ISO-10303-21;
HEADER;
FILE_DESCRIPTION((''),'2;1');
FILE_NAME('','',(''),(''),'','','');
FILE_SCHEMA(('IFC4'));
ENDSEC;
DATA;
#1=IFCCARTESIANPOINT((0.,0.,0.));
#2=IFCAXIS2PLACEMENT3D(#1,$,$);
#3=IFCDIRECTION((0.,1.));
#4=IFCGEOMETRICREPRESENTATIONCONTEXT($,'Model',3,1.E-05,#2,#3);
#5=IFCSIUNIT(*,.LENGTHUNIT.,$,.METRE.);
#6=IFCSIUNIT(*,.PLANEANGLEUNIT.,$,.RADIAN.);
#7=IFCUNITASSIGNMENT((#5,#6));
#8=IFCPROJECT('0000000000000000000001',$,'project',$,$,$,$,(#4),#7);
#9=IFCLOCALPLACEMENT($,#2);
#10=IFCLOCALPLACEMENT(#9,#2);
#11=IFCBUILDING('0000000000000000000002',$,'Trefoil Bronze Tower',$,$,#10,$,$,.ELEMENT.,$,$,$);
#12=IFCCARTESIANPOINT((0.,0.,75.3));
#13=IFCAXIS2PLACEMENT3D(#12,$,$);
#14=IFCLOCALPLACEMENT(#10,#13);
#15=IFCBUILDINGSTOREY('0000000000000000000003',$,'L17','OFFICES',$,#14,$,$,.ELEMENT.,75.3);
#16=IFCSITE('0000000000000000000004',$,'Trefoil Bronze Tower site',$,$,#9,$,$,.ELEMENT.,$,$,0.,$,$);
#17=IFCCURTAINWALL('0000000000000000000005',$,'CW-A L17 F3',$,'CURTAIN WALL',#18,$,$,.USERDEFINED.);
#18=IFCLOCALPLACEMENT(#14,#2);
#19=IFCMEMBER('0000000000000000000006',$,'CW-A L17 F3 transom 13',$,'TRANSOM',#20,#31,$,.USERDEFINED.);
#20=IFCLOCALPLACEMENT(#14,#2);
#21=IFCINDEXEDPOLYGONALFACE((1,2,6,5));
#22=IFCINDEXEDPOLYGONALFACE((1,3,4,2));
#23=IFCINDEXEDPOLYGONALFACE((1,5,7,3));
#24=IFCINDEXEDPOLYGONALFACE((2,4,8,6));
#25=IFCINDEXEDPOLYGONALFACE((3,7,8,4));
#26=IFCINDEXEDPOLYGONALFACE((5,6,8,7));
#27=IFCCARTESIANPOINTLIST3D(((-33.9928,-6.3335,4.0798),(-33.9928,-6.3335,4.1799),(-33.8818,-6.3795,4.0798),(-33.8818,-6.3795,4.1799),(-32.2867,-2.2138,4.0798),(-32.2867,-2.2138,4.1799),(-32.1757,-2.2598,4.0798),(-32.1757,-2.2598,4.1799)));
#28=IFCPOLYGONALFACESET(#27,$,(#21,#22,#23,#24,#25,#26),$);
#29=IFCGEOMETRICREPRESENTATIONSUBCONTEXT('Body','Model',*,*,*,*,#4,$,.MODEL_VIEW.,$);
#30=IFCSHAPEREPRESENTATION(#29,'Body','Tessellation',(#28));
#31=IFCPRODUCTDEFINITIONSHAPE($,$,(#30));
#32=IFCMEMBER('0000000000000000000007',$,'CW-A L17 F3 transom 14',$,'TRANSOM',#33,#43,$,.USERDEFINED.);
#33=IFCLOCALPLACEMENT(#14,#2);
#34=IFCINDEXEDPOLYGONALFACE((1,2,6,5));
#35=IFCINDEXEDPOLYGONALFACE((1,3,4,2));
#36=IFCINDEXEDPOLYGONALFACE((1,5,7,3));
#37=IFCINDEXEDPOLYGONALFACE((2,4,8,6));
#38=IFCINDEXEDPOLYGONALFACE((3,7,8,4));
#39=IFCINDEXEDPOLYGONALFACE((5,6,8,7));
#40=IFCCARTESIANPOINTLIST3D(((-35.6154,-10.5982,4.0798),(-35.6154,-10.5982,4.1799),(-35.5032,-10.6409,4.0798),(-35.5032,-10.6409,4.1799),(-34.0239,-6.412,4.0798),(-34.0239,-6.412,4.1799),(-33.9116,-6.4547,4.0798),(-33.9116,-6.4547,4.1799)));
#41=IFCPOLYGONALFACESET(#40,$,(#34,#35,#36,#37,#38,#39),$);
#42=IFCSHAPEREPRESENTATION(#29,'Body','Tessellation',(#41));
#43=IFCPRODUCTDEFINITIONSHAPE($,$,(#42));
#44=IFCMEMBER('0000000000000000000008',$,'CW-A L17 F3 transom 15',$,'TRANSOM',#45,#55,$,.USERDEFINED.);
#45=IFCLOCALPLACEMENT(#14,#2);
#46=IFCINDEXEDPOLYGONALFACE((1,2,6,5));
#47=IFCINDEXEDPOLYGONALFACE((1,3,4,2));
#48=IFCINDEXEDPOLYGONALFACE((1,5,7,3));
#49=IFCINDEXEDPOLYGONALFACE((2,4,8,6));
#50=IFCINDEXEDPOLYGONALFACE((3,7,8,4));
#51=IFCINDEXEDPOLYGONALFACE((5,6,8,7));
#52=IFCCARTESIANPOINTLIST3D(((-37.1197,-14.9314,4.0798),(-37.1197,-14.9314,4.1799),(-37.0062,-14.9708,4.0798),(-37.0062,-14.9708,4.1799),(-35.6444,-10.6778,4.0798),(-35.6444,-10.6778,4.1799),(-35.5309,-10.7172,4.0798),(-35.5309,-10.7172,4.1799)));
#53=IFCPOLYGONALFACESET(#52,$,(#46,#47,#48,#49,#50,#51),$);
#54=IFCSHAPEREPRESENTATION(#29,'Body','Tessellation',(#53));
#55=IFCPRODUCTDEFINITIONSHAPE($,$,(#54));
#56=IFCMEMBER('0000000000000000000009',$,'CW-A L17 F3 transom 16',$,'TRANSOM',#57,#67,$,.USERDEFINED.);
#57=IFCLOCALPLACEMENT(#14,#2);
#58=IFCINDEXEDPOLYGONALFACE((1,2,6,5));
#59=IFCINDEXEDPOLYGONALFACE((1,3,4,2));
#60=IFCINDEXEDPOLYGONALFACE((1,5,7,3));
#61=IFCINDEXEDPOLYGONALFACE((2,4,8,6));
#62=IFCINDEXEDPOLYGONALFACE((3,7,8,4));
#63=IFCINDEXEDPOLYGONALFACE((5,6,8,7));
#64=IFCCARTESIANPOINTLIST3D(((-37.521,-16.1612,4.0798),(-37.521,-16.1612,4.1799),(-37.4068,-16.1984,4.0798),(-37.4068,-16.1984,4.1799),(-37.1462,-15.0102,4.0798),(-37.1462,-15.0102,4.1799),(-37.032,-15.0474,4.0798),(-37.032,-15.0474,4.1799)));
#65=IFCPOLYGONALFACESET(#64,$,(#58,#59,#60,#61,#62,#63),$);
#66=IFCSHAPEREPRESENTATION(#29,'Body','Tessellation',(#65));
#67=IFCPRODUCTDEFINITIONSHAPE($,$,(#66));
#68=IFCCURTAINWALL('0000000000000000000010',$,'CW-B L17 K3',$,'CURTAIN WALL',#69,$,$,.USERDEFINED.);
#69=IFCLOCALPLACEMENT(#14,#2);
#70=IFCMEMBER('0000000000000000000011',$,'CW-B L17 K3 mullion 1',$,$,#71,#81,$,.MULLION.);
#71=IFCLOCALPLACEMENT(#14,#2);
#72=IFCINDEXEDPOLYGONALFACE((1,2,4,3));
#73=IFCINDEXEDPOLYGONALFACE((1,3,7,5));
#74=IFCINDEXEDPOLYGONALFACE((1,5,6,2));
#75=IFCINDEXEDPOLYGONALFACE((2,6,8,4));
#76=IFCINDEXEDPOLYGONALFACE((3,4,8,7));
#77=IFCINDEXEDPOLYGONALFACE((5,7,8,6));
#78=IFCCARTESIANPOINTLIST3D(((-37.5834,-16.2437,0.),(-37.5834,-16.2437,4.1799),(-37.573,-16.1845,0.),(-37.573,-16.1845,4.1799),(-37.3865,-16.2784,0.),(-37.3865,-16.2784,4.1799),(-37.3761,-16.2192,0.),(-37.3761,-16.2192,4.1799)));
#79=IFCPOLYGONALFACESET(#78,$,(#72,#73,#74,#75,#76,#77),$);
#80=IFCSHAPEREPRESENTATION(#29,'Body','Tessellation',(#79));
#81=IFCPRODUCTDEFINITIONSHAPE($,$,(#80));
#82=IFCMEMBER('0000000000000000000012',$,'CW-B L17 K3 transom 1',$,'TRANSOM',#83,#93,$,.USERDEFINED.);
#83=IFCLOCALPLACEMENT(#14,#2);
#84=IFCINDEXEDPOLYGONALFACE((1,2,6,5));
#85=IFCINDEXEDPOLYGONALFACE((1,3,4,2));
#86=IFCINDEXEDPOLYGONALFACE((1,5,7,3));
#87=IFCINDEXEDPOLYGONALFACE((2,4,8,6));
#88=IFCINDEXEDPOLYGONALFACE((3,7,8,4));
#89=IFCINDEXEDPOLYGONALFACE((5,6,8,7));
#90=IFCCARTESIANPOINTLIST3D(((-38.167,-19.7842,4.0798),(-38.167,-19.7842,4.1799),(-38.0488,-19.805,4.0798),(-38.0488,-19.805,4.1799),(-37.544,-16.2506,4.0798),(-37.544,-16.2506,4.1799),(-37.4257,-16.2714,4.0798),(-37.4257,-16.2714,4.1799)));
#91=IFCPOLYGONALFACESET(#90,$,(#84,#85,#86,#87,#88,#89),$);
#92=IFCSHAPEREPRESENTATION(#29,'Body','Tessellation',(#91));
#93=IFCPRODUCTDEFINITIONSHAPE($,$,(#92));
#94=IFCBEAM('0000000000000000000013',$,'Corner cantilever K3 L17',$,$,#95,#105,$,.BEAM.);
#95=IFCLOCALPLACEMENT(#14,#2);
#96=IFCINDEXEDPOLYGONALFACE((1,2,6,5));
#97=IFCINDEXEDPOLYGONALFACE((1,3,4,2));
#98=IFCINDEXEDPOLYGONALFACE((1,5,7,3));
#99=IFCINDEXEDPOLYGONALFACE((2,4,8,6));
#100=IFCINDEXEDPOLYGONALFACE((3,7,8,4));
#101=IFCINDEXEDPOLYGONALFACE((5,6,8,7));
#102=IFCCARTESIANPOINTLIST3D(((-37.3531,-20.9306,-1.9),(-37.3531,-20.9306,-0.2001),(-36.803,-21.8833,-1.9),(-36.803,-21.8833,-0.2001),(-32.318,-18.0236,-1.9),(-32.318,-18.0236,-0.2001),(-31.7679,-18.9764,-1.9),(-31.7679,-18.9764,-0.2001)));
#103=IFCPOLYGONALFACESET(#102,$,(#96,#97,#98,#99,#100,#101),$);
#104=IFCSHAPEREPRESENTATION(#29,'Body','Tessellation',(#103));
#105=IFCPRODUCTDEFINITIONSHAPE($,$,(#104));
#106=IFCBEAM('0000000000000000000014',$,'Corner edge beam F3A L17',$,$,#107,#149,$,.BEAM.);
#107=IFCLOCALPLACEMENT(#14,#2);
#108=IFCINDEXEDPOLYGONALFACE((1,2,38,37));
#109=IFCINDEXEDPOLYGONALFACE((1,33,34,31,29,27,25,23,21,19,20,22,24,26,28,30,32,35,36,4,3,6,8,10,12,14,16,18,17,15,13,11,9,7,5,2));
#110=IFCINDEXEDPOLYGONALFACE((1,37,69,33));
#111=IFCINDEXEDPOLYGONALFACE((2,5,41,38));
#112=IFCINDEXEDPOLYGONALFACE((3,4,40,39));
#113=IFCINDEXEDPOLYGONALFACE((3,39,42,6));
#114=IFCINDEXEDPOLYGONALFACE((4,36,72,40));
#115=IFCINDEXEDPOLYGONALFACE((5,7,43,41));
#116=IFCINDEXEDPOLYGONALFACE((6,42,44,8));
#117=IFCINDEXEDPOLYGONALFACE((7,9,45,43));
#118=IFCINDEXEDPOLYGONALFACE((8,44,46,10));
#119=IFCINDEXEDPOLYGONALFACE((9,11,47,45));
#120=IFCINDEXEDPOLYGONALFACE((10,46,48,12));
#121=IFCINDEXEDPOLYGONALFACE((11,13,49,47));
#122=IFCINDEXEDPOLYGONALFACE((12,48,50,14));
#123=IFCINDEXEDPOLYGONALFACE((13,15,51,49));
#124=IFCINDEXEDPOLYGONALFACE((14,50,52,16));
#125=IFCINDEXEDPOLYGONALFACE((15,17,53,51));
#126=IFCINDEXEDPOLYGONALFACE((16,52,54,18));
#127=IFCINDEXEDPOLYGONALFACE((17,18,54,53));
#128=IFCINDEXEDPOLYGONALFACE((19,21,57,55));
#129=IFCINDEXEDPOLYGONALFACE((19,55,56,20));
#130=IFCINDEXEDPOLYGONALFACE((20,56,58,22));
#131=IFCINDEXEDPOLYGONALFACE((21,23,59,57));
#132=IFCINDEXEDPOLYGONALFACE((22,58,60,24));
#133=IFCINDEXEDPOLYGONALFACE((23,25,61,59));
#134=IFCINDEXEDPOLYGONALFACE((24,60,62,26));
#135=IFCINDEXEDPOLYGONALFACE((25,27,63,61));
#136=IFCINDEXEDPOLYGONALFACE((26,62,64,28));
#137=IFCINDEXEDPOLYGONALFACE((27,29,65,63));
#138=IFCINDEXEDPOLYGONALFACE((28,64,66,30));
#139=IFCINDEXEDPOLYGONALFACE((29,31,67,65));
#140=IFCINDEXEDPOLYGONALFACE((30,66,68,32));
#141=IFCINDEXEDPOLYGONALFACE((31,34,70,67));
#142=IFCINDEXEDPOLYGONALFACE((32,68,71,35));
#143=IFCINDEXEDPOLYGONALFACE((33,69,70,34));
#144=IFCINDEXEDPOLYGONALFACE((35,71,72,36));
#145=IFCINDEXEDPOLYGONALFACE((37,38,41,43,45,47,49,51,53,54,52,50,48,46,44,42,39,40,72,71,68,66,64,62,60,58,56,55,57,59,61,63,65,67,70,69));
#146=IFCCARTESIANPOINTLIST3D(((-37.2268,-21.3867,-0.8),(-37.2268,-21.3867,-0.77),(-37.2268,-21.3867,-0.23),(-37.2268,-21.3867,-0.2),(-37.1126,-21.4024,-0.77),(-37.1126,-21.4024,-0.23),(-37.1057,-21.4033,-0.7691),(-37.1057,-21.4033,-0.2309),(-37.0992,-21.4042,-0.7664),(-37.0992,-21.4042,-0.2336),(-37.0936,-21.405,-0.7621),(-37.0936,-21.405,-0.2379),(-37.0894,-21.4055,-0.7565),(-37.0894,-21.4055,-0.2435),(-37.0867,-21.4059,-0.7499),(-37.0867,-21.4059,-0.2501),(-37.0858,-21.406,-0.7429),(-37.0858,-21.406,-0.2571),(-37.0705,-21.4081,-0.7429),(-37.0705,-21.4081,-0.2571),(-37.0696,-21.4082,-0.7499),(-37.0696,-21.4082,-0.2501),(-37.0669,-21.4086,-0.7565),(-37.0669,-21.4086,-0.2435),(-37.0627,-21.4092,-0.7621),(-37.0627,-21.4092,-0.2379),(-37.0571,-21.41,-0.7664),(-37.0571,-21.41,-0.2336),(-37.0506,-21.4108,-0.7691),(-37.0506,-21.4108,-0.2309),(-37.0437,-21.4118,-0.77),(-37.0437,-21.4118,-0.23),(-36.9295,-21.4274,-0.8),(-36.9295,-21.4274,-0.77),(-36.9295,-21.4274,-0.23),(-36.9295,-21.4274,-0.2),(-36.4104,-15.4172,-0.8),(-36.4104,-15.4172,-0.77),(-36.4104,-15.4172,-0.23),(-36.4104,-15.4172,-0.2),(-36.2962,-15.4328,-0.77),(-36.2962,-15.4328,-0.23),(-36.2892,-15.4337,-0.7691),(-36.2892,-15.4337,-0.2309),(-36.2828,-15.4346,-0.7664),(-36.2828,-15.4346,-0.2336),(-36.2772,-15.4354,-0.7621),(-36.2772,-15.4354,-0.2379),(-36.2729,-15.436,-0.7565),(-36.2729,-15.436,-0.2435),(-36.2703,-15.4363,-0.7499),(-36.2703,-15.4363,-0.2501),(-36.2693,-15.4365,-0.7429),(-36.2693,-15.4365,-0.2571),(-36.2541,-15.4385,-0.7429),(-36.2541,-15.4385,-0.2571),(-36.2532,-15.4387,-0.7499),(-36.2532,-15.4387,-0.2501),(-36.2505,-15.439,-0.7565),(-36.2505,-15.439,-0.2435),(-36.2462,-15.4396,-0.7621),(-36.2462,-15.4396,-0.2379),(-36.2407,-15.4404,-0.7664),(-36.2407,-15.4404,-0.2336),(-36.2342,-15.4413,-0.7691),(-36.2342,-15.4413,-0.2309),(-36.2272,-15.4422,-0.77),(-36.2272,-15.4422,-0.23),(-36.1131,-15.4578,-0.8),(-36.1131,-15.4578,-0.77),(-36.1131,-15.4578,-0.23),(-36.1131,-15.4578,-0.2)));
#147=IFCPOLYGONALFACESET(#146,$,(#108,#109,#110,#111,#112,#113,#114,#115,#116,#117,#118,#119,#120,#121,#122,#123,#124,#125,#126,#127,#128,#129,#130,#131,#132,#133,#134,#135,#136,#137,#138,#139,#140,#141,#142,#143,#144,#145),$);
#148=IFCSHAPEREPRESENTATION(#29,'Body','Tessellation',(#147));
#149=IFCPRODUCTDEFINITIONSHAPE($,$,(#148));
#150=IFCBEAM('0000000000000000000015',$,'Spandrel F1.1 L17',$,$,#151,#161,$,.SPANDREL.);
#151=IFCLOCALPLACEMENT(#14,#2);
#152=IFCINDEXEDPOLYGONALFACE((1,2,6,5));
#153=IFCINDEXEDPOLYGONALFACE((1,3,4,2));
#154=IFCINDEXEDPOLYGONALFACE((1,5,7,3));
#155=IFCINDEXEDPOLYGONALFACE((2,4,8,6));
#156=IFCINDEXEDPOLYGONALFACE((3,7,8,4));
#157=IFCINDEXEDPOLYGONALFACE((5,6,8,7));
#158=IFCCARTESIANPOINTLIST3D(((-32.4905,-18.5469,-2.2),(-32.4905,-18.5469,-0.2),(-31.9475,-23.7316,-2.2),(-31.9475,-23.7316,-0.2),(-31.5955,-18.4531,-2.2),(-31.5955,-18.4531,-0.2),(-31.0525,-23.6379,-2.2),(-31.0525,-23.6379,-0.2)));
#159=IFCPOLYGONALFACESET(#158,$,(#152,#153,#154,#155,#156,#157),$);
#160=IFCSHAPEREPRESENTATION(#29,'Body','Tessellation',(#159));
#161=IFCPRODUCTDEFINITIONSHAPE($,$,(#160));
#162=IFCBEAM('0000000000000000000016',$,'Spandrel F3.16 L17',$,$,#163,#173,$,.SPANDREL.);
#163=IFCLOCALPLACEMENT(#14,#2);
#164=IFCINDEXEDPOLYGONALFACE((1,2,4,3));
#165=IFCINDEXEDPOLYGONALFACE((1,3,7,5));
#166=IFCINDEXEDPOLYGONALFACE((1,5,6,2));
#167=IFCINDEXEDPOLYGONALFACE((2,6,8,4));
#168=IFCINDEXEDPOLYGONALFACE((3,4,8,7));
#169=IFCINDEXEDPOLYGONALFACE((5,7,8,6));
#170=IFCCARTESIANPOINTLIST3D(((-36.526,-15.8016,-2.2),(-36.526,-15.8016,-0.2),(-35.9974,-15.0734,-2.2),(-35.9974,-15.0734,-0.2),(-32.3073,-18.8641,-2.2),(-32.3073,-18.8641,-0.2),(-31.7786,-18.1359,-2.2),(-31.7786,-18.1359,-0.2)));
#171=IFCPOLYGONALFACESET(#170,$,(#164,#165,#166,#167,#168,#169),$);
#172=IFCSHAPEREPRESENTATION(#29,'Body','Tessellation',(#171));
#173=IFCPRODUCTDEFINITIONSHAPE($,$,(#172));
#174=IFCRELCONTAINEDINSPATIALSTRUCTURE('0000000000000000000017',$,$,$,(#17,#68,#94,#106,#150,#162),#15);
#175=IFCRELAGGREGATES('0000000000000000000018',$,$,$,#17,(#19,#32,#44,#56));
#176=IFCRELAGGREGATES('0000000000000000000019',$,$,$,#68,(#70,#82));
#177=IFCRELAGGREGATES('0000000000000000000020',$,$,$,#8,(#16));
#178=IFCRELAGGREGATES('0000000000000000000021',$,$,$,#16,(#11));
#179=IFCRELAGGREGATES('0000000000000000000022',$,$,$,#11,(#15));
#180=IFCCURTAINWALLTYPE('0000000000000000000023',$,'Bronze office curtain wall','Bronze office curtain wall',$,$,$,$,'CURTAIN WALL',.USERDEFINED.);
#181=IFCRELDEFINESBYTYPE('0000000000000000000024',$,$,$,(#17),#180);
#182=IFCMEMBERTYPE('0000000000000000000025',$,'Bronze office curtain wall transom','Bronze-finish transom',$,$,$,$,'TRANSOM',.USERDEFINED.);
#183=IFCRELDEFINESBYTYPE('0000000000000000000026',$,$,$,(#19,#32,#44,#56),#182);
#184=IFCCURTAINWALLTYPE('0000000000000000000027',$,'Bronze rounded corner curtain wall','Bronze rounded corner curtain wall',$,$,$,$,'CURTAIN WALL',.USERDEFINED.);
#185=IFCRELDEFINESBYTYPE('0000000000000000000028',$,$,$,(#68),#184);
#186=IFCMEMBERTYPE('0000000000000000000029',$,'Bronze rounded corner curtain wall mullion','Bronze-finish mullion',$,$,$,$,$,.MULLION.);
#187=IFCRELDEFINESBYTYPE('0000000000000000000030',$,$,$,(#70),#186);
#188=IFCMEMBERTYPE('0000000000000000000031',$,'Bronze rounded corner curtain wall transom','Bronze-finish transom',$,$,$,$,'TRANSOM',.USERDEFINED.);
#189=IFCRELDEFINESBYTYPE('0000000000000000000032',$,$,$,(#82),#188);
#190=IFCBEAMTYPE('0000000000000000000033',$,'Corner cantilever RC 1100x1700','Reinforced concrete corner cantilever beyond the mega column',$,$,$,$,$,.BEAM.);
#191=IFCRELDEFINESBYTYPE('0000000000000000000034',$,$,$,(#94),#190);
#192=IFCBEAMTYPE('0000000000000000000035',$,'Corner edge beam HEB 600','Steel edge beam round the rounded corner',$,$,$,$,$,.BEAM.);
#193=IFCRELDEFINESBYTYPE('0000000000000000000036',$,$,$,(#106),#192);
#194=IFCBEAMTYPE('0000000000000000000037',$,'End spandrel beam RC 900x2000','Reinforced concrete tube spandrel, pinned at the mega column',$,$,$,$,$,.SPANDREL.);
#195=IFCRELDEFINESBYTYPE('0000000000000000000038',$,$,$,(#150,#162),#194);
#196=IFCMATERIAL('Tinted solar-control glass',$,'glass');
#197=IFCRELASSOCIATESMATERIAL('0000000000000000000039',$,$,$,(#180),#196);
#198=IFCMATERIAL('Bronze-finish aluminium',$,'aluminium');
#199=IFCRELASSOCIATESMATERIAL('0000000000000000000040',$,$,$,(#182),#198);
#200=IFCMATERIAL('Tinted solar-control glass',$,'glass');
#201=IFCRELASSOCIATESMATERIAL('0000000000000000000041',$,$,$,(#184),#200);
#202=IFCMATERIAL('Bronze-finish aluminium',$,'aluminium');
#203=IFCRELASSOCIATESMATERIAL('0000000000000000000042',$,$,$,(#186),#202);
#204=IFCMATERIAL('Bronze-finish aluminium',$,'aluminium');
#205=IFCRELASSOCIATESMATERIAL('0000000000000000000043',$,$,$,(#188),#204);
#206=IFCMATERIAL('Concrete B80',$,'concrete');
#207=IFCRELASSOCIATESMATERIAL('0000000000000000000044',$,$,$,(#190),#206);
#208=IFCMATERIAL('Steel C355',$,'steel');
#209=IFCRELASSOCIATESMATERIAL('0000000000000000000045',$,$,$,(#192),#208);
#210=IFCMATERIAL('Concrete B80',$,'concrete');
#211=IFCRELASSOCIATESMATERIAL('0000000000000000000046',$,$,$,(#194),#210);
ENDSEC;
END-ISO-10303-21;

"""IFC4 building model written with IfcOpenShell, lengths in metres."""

from ifc_helpers import new_model, si_unit, direction, frame, origin, origin_2d, place, context, subcontext, project, spatial, rectangle, i_section, extrude, material, material_profile, profile_set, type_object, element, aggregate, save


model = new_model("IFC4")

# Units and contexts
model_context = context("Model", 3, precision=1e-05, world=origin(), true_north=direction((0.0, 1.0)))
body_context = subcontext(model_context, "Body", "Model", "MODEL_VIEW")
ifc_project = project(units=[si_unit("LENGTHUNIT", "METRE"), si_unit("PLANEANGLEUNIT", "RADIAN")], contexts=[model_context])

# Site, building, storey
site_placement = place(None, origin())
site = spatial("IfcSite", under=ifc_project, at=site_placement, Name="Trefoil Bronze Tower site", CompositionType="ELEMENT", RefElevation=0.0)
building_placement = place(site_placement, origin())
building = spatial("IfcBuilding", under=site, at=building_placement, Name="Trefoil Bronze Tower", CompositionType="ELEMENT")
storey_placement = place(building_placement, frame((0.0, 0.0, 75.3)))
storey = spatial("IfcBuildingStorey", under=building, at=storey_placement, Name="L17", Description="OFFICES", CompositionType="ELEMENT", Elevation=75.3)

# Curtain walls, members
ifc_material_1 = material(Name="Tinted solar-control glass", Category="glass")
curtain_wall_type_1 = type_object("IfcCurtainWallType", Name="Bronze office curtain wall", Description="Bronze office curtain wall", ElementType="CURTAIN WALL", PredefinedType="USERDEFINED", material=ifc_material_1)
curtain_wall_1_placement = place(storey_placement, origin())
curtain_wall_1 = element("IfcCurtainWall", 1, at=curtain_wall_1_placement, inside=storey, type_object=curtain_wall_type_1, Name="CW-A L17 F3", ObjectType="CURTAIN WALL", PredefinedType="USERDEFINED")
ifc_material_2 = material(Name="Bronze-finish aluminium", Category="aluminium")
ifc_material_profile_1 = material_profile(ifc_material_2, rectangle(XDim=0.1201, YDim=0.1001, at=origin_2d()), Name="CW-A transom")
ifc_profile_set_1 = profile_set([ifc_material_profile_1], Name="Bronze-finish aluminium")
member_type_1 = type_object("IfcMemberType", Name="Bronze office curtain wall transom", Description="Bronze-finish transom", ElementType="TRANSOM", PredefinedType="USERDEFINED", material=ifc_profile_set_1)
member_1_placement = place(storey_placement, frame((-32.2312, -2.2368, 4.1299), z_axis=(-0.382616, -0.923907, 0.0), x_axis=(0.923907, -0.382616, 0.0)))
member_1 = element("IfcMember", 2, at=member_1_placement, type_object=member_type_1, Name="CW-A L17 F3 transom 13", ObjectType="TRANSOM", PredefinedType="USERDEFINED", context=body_context, shape_type="SweptSolid", body=[
    extrude(rectangle(XDim=0.1201, YDim=0.1001, at=origin_2d()), origin(), (0.0, 0.0, 1.0), 4.459),
])
member_2_placement = place(storey_placement, frame((-33.9678, -6.4333, 4.1299), z_axis=(-0.355367, -0.934727, 0.0), x_axis=(0.934727, -0.355367, 0.0)))
member_2 = element("IfcMember", 3, at=member_2_placement, type_object=member_type_1, Name="CW-A L17 F3 transom 14", ObjectType="TRANSOM", PredefinedType="USERDEFINED", context=body_context, shape_type="SweptSolid", body=[
    extrude(rectangle(XDim=0.1201, YDim=0.1001, at=origin_2d()), origin(), (0.0, 0.0, 1.0), 4.4785),
])
member_3_placement = place(storey_placement, frame((-35.5876, -10.6975, 4.1299), z_axis=(-0.32769, -0.944785, 0.0), x_axis=(0.944785, -0.32769, 0.0)))
member_3 = element("IfcMember", 4, at=member_3_placement, type_object=member_type_1, Name="CW-A L17 F3 transom 15", ObjectType="TRANSOM", PredefinedType="USERDEFINED", context=body_context, shape_type="SweptSolid", body=[
    extrude(rectangle(XDim=0.1201, YDim=0.1001, at=origin_2d()), origin(), (0.0, 0.0, 1.0), 4.5022),
])
member_4_placement = place(storey_placement, frame((-37.0891, -15.0288, 4.1299), z_axis=(-0.309624, -0.950859, 0.0), x_axis=(0.950859, -0.309624, 0.0)))
member_4 = element("IfcMember", 5, at=member_4_placement, type_object=member_type_1, Name="CW-A L17 F3 transom 16", ObjectType="TRANSOM", PredefinedType="USERDEFINED", context=body_context, shape_type="SweptSolid", body=[
    extrude(rectangle(XDim=0.1201, YDim=0.1001, at=origin_2d()), origin(), (0.0, 0.0, 1.0), 1.2104),
])
ifc_material_3 = material(Name="Tinted solar-control glass", Category="glass")
curtain_wall_type_2 = type_object("IfcCurtainWallType", Name="Bronze rounded corner curtain wall", Description="Bronze rounded corner curtain wall", ElementType="CURTAIN WALL", PredefinedType="USERDEFINED", material=ifc_material_3)
curtain_wall_2_placement = place(storey_placement, origin())
curtain_wall_2 = element("IfcCurtainWall", 6, at=curtain_wall_2_placement, inside=storey, type_object=curtain_wall_type_2, Name="CW-B L17 K3", ObjectType="CURTAIN WALL", PredefinedType="USERDEFINED")
ifc_material_4 = material(Name="Bronze-finish aluminium", Category="aluminium")
ifc_material_profile_2 = material_profile(ifc_material_4, rectangle(XDim=0.2, YDim=0.0601, at=origin_2d()), Name="CW-B mullion")
ifc_profile_set_2 = profile_set([ifc_material_profile_2], Name="Bronze-finish aluminium")
member_type_2 = type_object("IfcMemberType", Name="Bronze rounded corner curtain wall mullion", Description="Bronze-finish mullion", PredefinedType="MULLION", material=ifc_profile_set_2)
member_5_placement = place(storey_placement, frame((-37.4797, -16.2314, 0.0), z_axis=(0.0, 0.0, 1.0), x_axis=(0.984808, -0.173648, 0.0)))
member_5 = element("IfcMember", 7, at=member_5_placement, type_object=member_type_2, Name="CW-B L17 K3 mullion 1", PredefinedType="MULLION", context=body_context, shape_type="SweptSolid", body=[
    extrude(rectangle(XDim=0.2, YDim=0.0601, at=origin_2d()), origin(), (0.0, 0.0, 1.0), 4.1799),
])
ifc_material_5 = material(Name="Bronze-finish aluminium", Category="aluminium")
ifc_material_profile_3 = material_profile(ifc_material_5, rectangle(XDim=0.1201, YDim=0.1001, at=origin_2d()), Name="CW-B transom")
ifc_profile_set_3 = profile_set([ifc_material_profile_3], Name="Bronze-finish aluminium")
member_type_3 = type_object("IfcMemberType", Name="Bronze rounded corner curtain wall transom", Description="Bronze-finish transom", ElementType="TRANSOM", PredefinedType="USERDEFINED", material=ifc_profile_set_3)
member_6_placement = place(storey_placement, frame((-37.4849, -16.261, 4.1299), z_axis=(-0.173638, -0.98481, 0.0), x_axis=(0.98481, -0.173638, 0.0)))
member_6 = element("IfcMember", 8, at=member_6_placement, type_object=member_type_3, Name="CW-B L17 K3 transom 1", ObjectType="TRANSOM", PredefinedType="USERDEFINED", context=body_context, shape_type="SweptSolid", body=[
    extrude(rectangle(XDim=0.1201, YDim=0.1001, at=origin_2d()), origin(), (0.0, 0.0, 1.0), 3.5881),
])

# Beams
ifc_material_6 = material(Name="Concrete B80", Category="concrete")
ifc_material_profile_4 = material_profile(ifc_material_6, rectangle(XDim=1.1001, YDim=1.7, at=origin_2d()), Name="RC 1100x1700")
ifc_profile_set_4 = profile_set([ifc_material_profile_4], Name="Concrete B80")
beam_type_1 = type_object("IfcBeamType", Name="Corner cantilever RC 1100x1700", Description="Reinforced concrete corner cantilever beyond the mega column", PredefinedType="BEAM", material=ifc_profile_set_4)
beam_1_placement = place(storey_placement, frame((-32.043, -18.5, -1.05), z_axis=(-0.86603, -0.499991, 0.0), x_axis=(0.499991, -0.86603, 0.0)))
element("IfcBeam", 9, at=beam_1_placement, inside=storey, type_object=beam_type_1, Name="Corner cantilever K3 L17", PredefinedType="BEAM", context=body_context, shape_type="SweptSolid", body=[
    extrude(rectangle(XDim=1.1001, YDim=1.7, at=origin_2d()), origin(), (0.0, 0.0, 1.0), 5.814),
])
ifc_material_7 = material(Name="Steel C355", Category="steel")
ifc_material_profile_5 = material_profile(ifc_material_7, i_section(OverallWidth=0.3, OverallDepth=0.6001, WebThickness=0.0154, FlangeThickness=0.03, FilletRadius=0.0271, at=origin_2d()), Name="HEB 600")
ifc_profile_set_5 = profile_set([ifc_material_profile_5], Name="Steel C355")
beam_type_2 = type_object("IfcBeamType", Name="Corner edge beam HEB 600", Description="Steel edge beam round the rounded corner", PredefinedType="BEAM", material=ifc_profile_set_5)
beam_2_placement = place(storey_placement, frame((-36.2617, -15.4375, -0.5), z_axis=(-0.135502, -0.990777, 0.0), x_axis=(0.990777, -0.135502, 0.0)))
element("IfcBeam", 10, at=beam_2_placement, inside=storey, type_object=beam_type_2, Name="Corner edge beam F3A L17", PredefinedType="BEAM", context=body_context, shape_type="SweptSolid", body=[
    extrude(i_section(OverallWidth=0.3, OverallDepth=0.6001, WebThickness=0.0154, FlangeThickness=0.03, FilletRadius=0.0271, at=origin_2d()), origin(), (0.0, 0.0, 1.0), 6.0251),
])
ifc_material_8 = material(Name="Concrete B80", Category="concrete")
ifc_material_profile_6 = material_profile(ifc_material_8, rectangle(XDim=0.8999, YDim=2.0, at=origin_2d()), Name="RC 900x2000")
ifc_profile_set_6 = profile_set([ifc_material_profile_6], Name="Concrete B80")
beam_type_3 = type_object("IfcBeamType", Name="End spandrel beam RC 900x2000", Description="Reinforced concrete tube spandrel, pinned at the mega column", PredefinedType="SPANDREL", material=ifc_profile_set_6)
for number, where, z_axis, x_axis, name in (
    (11, (-32.043, -18.5, -1.2), (0.104153, -0.994561, 0.0), (0.994561, 0.104153, 0.0), "Spandrel F1.1 L17"),
    (12, (-36.2617, -15.4375, -1.2), (0.809254, -0.587459, 0.0), (0.587459, 0.809254, 0.0), "Spandrel F3.16 L17"),
):
    element("IfcBeam", number, at=place(storey_placement, frame(where, z_axis=z_axis, x_axis=x_axis)), inside=storey, type_object=beam_type_3, Name=name, PredefinedType="SPANDREL", context=body_context, shape_type="SweptSolid", body=[
        extrude(rectangle(XDim=0.8999, YDim=2.0, at=origin_2d()), origin(), (0.0, 0.0, 1.0), 5.2131),
    ])

aggregate(curtain_wall_1, [member_1, member_2, member_3, member_4])
aggregate(curtain_wall_2, [member_5, member_6])

save(model, "model.ifc")
